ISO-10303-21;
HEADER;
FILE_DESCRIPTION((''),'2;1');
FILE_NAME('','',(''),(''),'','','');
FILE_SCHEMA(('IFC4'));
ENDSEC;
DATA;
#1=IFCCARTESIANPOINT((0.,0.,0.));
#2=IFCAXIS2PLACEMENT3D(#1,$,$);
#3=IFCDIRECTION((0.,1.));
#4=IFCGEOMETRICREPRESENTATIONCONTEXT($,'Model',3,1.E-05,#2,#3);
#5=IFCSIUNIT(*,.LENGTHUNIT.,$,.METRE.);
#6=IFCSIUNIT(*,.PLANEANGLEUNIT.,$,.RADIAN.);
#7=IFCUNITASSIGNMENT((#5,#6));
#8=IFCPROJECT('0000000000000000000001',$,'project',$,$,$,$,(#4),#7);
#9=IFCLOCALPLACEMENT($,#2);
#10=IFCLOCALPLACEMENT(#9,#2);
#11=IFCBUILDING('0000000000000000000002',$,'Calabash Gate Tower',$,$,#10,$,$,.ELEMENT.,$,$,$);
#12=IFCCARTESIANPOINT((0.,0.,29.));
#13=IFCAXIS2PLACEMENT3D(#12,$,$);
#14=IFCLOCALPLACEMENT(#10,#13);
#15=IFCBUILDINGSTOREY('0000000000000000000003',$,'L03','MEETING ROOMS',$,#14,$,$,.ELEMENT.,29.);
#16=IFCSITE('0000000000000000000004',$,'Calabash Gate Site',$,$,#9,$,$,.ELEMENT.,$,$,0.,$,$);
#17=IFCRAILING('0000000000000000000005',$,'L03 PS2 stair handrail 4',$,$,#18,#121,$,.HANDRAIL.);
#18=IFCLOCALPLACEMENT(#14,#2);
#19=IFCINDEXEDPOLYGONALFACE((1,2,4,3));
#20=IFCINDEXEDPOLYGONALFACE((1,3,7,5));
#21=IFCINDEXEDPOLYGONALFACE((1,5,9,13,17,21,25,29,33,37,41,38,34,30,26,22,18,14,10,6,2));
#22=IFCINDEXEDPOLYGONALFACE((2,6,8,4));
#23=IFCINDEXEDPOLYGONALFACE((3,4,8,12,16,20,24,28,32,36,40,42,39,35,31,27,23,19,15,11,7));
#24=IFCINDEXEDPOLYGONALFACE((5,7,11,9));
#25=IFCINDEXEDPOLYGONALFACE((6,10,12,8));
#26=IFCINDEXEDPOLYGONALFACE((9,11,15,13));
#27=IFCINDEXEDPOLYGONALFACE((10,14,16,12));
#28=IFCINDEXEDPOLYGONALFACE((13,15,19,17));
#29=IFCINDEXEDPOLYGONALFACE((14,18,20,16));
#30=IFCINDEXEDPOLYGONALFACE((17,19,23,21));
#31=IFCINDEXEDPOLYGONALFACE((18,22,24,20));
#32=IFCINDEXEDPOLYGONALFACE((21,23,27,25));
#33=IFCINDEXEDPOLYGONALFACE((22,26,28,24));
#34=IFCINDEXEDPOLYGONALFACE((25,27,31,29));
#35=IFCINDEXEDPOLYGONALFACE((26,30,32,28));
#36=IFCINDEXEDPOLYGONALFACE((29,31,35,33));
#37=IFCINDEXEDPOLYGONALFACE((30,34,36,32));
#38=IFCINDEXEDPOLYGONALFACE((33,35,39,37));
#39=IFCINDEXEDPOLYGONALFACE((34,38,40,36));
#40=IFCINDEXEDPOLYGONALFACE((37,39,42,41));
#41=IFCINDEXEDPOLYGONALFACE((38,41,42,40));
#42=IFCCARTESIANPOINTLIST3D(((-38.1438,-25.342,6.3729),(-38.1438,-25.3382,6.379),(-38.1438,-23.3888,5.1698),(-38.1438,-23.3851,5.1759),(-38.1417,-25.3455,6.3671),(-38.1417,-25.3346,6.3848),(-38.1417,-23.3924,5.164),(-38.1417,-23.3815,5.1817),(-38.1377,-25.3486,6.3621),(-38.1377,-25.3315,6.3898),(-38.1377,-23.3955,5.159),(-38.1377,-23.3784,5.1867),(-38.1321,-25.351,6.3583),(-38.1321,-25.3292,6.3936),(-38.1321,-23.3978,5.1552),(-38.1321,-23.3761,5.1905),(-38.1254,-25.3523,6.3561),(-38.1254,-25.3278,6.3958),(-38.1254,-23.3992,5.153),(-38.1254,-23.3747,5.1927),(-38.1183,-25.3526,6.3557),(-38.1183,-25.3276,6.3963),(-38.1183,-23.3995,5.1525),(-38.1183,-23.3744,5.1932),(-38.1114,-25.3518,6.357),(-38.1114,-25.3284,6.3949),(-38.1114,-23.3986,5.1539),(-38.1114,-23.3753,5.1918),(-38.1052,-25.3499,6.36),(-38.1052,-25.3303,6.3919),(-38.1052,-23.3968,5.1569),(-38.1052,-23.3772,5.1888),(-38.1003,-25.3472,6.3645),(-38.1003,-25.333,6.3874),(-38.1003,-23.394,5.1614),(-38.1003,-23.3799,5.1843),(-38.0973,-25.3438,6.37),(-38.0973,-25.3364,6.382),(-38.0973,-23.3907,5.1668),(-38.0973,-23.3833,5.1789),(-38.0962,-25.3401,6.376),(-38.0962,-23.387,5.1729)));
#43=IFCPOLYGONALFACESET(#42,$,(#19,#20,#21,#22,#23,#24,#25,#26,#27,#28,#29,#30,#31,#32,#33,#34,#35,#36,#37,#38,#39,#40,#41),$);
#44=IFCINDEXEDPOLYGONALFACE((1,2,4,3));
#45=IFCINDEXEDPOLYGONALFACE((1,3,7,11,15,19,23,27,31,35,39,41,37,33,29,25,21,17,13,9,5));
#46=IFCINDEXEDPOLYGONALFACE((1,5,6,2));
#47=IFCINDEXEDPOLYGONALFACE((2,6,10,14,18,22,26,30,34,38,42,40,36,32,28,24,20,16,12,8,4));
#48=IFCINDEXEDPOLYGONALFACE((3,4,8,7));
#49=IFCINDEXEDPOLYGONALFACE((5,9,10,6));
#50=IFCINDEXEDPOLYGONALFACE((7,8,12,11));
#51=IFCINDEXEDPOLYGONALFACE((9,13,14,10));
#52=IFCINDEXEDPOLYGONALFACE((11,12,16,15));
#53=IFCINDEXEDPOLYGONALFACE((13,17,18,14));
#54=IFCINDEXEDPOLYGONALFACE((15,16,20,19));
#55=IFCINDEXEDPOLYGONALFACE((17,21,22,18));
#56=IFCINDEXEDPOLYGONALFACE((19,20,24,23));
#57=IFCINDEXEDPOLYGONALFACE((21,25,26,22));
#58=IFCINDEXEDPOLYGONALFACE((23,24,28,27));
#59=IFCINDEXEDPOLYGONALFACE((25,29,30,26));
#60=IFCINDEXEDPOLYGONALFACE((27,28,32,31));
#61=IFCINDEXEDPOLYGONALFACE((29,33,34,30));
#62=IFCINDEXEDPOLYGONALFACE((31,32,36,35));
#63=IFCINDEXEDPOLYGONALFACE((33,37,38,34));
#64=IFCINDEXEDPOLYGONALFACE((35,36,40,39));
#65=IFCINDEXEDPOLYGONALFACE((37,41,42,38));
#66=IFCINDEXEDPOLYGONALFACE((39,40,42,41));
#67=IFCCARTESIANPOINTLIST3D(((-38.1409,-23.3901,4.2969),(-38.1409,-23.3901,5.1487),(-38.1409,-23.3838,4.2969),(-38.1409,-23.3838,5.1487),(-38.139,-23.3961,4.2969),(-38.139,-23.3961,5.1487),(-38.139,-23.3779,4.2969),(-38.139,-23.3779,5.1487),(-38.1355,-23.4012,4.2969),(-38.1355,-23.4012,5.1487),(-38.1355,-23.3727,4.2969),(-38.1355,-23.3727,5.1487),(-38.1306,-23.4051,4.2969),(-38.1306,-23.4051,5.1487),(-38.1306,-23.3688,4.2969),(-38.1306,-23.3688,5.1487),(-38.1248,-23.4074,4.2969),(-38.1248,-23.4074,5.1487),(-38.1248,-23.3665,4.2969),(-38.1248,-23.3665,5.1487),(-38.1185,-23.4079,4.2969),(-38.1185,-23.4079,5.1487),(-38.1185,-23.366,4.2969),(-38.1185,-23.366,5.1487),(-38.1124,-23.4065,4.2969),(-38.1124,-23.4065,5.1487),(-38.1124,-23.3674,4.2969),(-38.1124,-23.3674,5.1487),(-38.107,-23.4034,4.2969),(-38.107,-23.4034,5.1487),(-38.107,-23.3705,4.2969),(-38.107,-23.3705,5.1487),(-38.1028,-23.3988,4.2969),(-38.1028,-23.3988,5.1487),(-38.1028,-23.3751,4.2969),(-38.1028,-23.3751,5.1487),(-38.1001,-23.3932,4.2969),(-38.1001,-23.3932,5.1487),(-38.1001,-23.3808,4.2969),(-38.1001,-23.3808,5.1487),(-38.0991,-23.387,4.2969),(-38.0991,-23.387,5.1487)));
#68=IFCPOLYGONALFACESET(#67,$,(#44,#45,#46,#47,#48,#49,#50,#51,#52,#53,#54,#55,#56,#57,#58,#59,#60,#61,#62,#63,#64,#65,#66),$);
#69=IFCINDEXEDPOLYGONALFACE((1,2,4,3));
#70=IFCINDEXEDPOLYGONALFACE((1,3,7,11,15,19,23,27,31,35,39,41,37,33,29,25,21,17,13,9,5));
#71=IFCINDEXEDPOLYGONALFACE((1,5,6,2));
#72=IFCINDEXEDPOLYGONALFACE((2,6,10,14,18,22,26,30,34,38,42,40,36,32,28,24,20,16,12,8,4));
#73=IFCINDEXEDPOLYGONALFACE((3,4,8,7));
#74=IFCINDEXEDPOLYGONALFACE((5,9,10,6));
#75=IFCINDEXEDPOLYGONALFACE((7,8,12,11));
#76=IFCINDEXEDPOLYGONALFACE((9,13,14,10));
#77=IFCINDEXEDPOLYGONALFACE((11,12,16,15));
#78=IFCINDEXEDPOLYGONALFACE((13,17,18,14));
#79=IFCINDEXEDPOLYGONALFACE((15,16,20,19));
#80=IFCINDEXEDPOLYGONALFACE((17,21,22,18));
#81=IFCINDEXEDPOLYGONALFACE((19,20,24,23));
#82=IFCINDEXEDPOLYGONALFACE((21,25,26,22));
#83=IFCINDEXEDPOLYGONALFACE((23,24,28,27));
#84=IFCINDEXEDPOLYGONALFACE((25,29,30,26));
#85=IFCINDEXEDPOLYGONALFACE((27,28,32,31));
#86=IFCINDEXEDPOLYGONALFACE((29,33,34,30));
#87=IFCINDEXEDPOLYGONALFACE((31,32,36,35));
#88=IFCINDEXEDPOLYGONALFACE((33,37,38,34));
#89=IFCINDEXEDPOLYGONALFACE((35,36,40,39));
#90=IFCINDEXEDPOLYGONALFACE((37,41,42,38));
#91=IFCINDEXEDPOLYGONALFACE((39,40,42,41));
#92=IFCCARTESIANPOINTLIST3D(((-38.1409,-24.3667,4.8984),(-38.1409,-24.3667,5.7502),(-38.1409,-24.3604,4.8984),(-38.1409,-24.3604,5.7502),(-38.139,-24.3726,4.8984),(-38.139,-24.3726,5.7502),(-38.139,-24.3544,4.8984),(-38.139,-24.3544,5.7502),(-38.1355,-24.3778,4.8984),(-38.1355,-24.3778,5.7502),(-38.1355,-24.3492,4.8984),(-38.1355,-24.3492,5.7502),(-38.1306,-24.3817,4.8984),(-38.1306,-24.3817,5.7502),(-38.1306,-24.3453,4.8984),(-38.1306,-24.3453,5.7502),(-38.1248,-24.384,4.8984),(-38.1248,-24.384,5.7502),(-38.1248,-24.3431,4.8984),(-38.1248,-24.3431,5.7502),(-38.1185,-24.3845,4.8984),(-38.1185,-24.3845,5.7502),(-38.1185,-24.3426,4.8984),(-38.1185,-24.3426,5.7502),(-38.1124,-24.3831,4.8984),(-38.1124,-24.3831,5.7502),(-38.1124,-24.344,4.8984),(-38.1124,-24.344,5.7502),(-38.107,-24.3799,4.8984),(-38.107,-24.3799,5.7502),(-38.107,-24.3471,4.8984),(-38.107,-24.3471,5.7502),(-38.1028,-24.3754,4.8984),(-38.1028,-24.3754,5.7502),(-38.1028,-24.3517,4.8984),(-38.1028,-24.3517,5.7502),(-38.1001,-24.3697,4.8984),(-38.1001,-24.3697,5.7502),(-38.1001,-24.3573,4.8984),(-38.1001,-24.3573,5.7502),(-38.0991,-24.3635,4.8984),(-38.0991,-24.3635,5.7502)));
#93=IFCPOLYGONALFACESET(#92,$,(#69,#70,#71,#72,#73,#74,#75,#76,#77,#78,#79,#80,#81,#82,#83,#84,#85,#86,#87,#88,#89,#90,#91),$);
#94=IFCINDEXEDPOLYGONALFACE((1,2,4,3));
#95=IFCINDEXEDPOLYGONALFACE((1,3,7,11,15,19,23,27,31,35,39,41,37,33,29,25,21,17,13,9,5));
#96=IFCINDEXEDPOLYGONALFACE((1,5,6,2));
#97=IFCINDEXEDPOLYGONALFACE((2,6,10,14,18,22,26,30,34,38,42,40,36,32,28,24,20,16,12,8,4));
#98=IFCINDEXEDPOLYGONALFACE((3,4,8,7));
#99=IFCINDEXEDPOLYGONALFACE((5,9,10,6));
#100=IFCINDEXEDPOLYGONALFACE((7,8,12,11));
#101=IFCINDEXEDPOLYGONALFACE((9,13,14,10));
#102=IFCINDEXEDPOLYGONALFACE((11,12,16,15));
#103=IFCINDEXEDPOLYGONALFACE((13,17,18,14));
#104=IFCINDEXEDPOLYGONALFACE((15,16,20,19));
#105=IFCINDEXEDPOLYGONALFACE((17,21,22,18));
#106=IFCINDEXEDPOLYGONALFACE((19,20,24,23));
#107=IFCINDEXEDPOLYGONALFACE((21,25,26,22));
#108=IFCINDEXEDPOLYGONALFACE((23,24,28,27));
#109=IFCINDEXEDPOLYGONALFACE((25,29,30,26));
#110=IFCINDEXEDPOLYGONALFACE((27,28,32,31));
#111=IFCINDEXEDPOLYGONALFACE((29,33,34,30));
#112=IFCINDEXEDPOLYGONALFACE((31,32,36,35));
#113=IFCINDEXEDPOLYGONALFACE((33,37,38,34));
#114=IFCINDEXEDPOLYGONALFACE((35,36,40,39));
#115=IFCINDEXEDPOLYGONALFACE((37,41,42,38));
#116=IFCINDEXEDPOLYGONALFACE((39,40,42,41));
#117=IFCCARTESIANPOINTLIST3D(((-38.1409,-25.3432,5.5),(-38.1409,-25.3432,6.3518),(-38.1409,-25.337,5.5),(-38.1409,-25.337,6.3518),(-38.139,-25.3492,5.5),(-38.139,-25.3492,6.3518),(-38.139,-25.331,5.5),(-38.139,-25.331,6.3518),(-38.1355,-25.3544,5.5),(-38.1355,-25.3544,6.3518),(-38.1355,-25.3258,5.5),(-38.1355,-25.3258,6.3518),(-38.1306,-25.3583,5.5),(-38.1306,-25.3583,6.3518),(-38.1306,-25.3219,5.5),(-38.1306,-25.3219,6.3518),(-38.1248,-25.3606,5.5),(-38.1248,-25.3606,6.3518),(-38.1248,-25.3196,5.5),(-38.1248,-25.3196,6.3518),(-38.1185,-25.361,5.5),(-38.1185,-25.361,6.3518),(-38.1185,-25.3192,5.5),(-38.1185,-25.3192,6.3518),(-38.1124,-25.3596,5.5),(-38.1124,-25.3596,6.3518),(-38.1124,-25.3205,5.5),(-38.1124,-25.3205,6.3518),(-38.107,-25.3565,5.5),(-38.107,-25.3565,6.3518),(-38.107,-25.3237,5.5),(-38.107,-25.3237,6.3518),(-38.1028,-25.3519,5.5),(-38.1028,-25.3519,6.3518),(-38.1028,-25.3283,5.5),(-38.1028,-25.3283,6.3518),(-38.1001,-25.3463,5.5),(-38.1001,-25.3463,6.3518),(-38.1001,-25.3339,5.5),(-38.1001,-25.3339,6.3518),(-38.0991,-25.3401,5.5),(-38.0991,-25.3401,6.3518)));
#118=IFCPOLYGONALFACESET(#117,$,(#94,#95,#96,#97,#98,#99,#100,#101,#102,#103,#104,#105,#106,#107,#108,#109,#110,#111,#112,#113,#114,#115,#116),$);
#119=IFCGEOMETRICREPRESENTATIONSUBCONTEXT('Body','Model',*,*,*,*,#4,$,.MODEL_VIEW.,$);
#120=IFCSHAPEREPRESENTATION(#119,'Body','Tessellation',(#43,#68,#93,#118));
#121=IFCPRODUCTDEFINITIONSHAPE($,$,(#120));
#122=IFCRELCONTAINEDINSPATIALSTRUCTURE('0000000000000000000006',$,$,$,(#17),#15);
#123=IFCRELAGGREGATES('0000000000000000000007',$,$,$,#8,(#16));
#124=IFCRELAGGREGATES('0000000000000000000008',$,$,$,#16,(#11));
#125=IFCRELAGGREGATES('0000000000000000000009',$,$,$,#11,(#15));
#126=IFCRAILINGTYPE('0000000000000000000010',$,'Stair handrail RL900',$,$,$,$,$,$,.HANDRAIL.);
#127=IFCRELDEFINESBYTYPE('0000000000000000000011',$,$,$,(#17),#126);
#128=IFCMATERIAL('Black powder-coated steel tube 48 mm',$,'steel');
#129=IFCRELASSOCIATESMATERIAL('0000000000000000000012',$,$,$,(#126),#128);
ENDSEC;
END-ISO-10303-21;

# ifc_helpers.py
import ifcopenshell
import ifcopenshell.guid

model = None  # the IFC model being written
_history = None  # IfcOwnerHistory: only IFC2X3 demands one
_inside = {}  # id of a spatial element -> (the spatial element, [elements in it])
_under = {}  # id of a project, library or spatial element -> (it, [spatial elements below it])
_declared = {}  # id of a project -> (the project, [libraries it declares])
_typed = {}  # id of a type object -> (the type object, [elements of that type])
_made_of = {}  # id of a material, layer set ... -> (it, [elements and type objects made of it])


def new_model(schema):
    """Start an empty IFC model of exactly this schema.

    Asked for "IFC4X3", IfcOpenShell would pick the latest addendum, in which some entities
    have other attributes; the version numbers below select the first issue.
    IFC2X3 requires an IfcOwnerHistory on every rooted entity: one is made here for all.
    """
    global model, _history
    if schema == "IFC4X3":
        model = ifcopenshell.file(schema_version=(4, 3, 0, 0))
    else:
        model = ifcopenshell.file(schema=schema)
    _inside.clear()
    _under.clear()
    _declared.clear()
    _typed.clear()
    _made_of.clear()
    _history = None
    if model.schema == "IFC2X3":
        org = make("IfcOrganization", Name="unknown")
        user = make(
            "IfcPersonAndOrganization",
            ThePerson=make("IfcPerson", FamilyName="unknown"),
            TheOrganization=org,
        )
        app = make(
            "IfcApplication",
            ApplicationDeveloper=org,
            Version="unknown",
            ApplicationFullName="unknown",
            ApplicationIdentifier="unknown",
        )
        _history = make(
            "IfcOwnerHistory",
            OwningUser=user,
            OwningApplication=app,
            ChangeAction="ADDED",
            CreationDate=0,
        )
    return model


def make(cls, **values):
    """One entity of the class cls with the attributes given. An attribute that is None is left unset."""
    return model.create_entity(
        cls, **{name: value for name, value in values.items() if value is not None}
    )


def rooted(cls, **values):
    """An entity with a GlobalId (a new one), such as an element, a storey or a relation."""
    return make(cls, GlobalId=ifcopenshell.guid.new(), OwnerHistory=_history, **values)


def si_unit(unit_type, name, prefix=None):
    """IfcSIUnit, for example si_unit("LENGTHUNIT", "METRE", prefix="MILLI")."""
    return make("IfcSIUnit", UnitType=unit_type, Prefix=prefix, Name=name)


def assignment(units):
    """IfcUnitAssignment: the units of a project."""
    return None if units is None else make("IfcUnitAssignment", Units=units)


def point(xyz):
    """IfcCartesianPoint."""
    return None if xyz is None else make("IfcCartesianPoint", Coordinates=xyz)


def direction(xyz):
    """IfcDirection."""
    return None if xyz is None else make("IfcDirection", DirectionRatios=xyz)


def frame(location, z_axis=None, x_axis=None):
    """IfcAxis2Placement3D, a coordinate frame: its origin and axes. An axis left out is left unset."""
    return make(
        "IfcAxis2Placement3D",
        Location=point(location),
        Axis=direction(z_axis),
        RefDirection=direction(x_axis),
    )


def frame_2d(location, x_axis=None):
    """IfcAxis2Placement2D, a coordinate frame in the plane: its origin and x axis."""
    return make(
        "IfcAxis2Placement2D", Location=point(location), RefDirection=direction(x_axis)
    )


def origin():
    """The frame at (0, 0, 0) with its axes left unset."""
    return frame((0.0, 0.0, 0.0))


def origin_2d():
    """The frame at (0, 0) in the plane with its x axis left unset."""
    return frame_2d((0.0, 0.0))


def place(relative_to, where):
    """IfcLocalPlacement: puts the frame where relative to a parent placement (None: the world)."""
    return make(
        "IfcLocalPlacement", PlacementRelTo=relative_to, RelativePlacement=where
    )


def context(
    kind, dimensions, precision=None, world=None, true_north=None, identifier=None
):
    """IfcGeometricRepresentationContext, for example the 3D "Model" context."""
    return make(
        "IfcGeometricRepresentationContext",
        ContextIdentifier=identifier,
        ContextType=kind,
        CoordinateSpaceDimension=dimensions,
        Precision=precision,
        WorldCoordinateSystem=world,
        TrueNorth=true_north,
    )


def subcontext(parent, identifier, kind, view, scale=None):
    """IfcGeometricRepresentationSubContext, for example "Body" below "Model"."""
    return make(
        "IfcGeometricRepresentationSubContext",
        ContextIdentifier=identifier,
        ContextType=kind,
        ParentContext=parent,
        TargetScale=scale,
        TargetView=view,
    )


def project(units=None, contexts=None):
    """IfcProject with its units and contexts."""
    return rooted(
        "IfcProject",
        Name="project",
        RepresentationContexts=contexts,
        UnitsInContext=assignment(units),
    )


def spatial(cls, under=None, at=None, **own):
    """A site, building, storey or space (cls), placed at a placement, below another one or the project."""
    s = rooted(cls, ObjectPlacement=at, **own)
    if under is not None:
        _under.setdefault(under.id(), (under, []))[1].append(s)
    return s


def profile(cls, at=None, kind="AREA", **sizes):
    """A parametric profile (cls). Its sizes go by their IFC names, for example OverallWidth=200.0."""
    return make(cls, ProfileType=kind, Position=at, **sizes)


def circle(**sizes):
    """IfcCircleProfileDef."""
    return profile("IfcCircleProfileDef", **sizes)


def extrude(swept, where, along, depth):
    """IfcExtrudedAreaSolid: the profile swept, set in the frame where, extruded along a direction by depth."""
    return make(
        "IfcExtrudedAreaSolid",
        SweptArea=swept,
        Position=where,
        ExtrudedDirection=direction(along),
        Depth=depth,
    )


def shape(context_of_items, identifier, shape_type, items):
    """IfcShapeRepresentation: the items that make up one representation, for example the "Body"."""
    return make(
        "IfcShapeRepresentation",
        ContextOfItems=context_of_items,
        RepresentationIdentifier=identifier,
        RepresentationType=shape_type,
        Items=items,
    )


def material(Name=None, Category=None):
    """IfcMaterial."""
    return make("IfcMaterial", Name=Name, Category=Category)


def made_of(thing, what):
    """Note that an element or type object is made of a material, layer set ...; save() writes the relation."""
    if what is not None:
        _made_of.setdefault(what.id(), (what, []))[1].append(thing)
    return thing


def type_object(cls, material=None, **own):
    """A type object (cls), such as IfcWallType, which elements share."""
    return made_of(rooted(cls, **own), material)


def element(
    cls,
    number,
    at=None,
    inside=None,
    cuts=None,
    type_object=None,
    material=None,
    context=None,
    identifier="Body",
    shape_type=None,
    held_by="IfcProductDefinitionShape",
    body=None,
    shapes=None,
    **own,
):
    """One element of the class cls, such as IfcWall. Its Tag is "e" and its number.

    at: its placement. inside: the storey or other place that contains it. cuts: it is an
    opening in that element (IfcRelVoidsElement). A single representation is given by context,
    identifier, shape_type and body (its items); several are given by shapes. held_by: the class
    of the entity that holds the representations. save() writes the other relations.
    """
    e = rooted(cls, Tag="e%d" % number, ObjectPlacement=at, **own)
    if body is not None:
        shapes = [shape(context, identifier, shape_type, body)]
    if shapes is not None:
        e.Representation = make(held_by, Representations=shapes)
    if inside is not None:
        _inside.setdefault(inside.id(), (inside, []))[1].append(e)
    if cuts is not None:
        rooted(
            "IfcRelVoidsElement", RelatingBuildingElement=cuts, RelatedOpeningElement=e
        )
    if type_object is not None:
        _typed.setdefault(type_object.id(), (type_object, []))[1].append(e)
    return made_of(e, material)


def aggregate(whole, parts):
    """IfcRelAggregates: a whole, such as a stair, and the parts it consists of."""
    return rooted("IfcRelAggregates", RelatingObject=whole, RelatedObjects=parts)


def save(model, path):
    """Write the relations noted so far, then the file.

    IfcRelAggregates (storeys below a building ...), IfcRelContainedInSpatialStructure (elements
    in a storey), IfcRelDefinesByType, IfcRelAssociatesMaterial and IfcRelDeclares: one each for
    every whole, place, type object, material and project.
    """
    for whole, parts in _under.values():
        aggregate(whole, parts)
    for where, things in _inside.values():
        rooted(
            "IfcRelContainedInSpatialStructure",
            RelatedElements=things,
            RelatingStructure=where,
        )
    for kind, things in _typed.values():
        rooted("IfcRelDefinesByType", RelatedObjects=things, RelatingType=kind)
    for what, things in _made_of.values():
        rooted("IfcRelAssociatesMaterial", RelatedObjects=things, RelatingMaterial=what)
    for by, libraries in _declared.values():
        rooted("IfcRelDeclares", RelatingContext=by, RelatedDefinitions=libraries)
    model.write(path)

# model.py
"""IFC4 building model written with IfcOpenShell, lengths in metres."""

from ifc_helpers import new_model, si_unit, direction, frame, origin, origin_2d, place, context, subcontext, project, spatial, circle, extrude, material, type_object, element, save


model = new_model("IFC4")

# Units and contexts
model_context = context("Model", 3, precision=1e-05, world=origin(), true_north=direction((0.0, 1.0)))
body_context = subcontext(model_context, "Body", "Model", "MODEL_VIEW")
ifc_project = project(units=[si_unit("LENGTHUNIT", "METRE"), si_unit("PLANEANGLEUNIT", "RADIAN")], contexts=[model_context])

# Site, building, storey
site_placement = place(None, origin())
site = spatial("IfcSite", under=ifc_project, at=site_placement, Name="Calabash Gate Site", CompositionType="ELEMENT", RefElevation=0.0)
building_placement = place(site_placement, origin())
building = spatial("IfcBuilding", under=site, at=building_placement, Name="Calabash Gate Tower", CompositionType="ELEMENT")
storey_placement = place(building_placement, frame((0.0, 0.0, 29.0)))
storey = spatial("IfcBuildingStorey", under=building, at=storey_placement, Name="L03", Description="MEETING ROOMS", CompositionType="ELEMENT", Elevation=29.0)

# Railing
ifc_material_1 = material(Name="Black powder-coated steel tube 48 mm", Category="steel")
railing_type_1 = type_object("IfcRailingType", Name="Stair handrail RL900", PredefinedType="HANDRAIL", material=ifc_material_1)
railing_1_placement = place(storey_placement, frame((-38.1201, -23.387, 4.2969)))
element("IfcRailing", 1, at=railing_1_placement, inside=storey, type_object=railing_type_1, Name="L03 PS2 stair handrail 4", PredefinedType="HANDRAIL", context=body_context, shape_type="SweptSolid", body=[
    extrude(circle(Radius=0.0239, at=origin_2d()), frame((0.0, 0.0, 0.876), z_axis=(0.0, -0.851424, 0.524477), x_axis=(1.0, 0.0, 0.0)), (0.0, 0.0, 1.0), 2.2939),
    extrude(circle(Radius=0.021, at=origin_2d()), origin(), (0.0, 0.0, 1.0), 0.8518),
    extrude(circle(Radius=0.021, at=origin_2d()), frame((0.0, -0.9766, 0.6016)), (0.0, 0.0, 1.0), 0.8518),
    extrude(circle(Radius=0.021, at=origin_2d()), frame((0.0, -1.9531, 1.2031)), (0.0, 0.0, 1.0), 0.8518),
])

save(model, "model.ifc")
